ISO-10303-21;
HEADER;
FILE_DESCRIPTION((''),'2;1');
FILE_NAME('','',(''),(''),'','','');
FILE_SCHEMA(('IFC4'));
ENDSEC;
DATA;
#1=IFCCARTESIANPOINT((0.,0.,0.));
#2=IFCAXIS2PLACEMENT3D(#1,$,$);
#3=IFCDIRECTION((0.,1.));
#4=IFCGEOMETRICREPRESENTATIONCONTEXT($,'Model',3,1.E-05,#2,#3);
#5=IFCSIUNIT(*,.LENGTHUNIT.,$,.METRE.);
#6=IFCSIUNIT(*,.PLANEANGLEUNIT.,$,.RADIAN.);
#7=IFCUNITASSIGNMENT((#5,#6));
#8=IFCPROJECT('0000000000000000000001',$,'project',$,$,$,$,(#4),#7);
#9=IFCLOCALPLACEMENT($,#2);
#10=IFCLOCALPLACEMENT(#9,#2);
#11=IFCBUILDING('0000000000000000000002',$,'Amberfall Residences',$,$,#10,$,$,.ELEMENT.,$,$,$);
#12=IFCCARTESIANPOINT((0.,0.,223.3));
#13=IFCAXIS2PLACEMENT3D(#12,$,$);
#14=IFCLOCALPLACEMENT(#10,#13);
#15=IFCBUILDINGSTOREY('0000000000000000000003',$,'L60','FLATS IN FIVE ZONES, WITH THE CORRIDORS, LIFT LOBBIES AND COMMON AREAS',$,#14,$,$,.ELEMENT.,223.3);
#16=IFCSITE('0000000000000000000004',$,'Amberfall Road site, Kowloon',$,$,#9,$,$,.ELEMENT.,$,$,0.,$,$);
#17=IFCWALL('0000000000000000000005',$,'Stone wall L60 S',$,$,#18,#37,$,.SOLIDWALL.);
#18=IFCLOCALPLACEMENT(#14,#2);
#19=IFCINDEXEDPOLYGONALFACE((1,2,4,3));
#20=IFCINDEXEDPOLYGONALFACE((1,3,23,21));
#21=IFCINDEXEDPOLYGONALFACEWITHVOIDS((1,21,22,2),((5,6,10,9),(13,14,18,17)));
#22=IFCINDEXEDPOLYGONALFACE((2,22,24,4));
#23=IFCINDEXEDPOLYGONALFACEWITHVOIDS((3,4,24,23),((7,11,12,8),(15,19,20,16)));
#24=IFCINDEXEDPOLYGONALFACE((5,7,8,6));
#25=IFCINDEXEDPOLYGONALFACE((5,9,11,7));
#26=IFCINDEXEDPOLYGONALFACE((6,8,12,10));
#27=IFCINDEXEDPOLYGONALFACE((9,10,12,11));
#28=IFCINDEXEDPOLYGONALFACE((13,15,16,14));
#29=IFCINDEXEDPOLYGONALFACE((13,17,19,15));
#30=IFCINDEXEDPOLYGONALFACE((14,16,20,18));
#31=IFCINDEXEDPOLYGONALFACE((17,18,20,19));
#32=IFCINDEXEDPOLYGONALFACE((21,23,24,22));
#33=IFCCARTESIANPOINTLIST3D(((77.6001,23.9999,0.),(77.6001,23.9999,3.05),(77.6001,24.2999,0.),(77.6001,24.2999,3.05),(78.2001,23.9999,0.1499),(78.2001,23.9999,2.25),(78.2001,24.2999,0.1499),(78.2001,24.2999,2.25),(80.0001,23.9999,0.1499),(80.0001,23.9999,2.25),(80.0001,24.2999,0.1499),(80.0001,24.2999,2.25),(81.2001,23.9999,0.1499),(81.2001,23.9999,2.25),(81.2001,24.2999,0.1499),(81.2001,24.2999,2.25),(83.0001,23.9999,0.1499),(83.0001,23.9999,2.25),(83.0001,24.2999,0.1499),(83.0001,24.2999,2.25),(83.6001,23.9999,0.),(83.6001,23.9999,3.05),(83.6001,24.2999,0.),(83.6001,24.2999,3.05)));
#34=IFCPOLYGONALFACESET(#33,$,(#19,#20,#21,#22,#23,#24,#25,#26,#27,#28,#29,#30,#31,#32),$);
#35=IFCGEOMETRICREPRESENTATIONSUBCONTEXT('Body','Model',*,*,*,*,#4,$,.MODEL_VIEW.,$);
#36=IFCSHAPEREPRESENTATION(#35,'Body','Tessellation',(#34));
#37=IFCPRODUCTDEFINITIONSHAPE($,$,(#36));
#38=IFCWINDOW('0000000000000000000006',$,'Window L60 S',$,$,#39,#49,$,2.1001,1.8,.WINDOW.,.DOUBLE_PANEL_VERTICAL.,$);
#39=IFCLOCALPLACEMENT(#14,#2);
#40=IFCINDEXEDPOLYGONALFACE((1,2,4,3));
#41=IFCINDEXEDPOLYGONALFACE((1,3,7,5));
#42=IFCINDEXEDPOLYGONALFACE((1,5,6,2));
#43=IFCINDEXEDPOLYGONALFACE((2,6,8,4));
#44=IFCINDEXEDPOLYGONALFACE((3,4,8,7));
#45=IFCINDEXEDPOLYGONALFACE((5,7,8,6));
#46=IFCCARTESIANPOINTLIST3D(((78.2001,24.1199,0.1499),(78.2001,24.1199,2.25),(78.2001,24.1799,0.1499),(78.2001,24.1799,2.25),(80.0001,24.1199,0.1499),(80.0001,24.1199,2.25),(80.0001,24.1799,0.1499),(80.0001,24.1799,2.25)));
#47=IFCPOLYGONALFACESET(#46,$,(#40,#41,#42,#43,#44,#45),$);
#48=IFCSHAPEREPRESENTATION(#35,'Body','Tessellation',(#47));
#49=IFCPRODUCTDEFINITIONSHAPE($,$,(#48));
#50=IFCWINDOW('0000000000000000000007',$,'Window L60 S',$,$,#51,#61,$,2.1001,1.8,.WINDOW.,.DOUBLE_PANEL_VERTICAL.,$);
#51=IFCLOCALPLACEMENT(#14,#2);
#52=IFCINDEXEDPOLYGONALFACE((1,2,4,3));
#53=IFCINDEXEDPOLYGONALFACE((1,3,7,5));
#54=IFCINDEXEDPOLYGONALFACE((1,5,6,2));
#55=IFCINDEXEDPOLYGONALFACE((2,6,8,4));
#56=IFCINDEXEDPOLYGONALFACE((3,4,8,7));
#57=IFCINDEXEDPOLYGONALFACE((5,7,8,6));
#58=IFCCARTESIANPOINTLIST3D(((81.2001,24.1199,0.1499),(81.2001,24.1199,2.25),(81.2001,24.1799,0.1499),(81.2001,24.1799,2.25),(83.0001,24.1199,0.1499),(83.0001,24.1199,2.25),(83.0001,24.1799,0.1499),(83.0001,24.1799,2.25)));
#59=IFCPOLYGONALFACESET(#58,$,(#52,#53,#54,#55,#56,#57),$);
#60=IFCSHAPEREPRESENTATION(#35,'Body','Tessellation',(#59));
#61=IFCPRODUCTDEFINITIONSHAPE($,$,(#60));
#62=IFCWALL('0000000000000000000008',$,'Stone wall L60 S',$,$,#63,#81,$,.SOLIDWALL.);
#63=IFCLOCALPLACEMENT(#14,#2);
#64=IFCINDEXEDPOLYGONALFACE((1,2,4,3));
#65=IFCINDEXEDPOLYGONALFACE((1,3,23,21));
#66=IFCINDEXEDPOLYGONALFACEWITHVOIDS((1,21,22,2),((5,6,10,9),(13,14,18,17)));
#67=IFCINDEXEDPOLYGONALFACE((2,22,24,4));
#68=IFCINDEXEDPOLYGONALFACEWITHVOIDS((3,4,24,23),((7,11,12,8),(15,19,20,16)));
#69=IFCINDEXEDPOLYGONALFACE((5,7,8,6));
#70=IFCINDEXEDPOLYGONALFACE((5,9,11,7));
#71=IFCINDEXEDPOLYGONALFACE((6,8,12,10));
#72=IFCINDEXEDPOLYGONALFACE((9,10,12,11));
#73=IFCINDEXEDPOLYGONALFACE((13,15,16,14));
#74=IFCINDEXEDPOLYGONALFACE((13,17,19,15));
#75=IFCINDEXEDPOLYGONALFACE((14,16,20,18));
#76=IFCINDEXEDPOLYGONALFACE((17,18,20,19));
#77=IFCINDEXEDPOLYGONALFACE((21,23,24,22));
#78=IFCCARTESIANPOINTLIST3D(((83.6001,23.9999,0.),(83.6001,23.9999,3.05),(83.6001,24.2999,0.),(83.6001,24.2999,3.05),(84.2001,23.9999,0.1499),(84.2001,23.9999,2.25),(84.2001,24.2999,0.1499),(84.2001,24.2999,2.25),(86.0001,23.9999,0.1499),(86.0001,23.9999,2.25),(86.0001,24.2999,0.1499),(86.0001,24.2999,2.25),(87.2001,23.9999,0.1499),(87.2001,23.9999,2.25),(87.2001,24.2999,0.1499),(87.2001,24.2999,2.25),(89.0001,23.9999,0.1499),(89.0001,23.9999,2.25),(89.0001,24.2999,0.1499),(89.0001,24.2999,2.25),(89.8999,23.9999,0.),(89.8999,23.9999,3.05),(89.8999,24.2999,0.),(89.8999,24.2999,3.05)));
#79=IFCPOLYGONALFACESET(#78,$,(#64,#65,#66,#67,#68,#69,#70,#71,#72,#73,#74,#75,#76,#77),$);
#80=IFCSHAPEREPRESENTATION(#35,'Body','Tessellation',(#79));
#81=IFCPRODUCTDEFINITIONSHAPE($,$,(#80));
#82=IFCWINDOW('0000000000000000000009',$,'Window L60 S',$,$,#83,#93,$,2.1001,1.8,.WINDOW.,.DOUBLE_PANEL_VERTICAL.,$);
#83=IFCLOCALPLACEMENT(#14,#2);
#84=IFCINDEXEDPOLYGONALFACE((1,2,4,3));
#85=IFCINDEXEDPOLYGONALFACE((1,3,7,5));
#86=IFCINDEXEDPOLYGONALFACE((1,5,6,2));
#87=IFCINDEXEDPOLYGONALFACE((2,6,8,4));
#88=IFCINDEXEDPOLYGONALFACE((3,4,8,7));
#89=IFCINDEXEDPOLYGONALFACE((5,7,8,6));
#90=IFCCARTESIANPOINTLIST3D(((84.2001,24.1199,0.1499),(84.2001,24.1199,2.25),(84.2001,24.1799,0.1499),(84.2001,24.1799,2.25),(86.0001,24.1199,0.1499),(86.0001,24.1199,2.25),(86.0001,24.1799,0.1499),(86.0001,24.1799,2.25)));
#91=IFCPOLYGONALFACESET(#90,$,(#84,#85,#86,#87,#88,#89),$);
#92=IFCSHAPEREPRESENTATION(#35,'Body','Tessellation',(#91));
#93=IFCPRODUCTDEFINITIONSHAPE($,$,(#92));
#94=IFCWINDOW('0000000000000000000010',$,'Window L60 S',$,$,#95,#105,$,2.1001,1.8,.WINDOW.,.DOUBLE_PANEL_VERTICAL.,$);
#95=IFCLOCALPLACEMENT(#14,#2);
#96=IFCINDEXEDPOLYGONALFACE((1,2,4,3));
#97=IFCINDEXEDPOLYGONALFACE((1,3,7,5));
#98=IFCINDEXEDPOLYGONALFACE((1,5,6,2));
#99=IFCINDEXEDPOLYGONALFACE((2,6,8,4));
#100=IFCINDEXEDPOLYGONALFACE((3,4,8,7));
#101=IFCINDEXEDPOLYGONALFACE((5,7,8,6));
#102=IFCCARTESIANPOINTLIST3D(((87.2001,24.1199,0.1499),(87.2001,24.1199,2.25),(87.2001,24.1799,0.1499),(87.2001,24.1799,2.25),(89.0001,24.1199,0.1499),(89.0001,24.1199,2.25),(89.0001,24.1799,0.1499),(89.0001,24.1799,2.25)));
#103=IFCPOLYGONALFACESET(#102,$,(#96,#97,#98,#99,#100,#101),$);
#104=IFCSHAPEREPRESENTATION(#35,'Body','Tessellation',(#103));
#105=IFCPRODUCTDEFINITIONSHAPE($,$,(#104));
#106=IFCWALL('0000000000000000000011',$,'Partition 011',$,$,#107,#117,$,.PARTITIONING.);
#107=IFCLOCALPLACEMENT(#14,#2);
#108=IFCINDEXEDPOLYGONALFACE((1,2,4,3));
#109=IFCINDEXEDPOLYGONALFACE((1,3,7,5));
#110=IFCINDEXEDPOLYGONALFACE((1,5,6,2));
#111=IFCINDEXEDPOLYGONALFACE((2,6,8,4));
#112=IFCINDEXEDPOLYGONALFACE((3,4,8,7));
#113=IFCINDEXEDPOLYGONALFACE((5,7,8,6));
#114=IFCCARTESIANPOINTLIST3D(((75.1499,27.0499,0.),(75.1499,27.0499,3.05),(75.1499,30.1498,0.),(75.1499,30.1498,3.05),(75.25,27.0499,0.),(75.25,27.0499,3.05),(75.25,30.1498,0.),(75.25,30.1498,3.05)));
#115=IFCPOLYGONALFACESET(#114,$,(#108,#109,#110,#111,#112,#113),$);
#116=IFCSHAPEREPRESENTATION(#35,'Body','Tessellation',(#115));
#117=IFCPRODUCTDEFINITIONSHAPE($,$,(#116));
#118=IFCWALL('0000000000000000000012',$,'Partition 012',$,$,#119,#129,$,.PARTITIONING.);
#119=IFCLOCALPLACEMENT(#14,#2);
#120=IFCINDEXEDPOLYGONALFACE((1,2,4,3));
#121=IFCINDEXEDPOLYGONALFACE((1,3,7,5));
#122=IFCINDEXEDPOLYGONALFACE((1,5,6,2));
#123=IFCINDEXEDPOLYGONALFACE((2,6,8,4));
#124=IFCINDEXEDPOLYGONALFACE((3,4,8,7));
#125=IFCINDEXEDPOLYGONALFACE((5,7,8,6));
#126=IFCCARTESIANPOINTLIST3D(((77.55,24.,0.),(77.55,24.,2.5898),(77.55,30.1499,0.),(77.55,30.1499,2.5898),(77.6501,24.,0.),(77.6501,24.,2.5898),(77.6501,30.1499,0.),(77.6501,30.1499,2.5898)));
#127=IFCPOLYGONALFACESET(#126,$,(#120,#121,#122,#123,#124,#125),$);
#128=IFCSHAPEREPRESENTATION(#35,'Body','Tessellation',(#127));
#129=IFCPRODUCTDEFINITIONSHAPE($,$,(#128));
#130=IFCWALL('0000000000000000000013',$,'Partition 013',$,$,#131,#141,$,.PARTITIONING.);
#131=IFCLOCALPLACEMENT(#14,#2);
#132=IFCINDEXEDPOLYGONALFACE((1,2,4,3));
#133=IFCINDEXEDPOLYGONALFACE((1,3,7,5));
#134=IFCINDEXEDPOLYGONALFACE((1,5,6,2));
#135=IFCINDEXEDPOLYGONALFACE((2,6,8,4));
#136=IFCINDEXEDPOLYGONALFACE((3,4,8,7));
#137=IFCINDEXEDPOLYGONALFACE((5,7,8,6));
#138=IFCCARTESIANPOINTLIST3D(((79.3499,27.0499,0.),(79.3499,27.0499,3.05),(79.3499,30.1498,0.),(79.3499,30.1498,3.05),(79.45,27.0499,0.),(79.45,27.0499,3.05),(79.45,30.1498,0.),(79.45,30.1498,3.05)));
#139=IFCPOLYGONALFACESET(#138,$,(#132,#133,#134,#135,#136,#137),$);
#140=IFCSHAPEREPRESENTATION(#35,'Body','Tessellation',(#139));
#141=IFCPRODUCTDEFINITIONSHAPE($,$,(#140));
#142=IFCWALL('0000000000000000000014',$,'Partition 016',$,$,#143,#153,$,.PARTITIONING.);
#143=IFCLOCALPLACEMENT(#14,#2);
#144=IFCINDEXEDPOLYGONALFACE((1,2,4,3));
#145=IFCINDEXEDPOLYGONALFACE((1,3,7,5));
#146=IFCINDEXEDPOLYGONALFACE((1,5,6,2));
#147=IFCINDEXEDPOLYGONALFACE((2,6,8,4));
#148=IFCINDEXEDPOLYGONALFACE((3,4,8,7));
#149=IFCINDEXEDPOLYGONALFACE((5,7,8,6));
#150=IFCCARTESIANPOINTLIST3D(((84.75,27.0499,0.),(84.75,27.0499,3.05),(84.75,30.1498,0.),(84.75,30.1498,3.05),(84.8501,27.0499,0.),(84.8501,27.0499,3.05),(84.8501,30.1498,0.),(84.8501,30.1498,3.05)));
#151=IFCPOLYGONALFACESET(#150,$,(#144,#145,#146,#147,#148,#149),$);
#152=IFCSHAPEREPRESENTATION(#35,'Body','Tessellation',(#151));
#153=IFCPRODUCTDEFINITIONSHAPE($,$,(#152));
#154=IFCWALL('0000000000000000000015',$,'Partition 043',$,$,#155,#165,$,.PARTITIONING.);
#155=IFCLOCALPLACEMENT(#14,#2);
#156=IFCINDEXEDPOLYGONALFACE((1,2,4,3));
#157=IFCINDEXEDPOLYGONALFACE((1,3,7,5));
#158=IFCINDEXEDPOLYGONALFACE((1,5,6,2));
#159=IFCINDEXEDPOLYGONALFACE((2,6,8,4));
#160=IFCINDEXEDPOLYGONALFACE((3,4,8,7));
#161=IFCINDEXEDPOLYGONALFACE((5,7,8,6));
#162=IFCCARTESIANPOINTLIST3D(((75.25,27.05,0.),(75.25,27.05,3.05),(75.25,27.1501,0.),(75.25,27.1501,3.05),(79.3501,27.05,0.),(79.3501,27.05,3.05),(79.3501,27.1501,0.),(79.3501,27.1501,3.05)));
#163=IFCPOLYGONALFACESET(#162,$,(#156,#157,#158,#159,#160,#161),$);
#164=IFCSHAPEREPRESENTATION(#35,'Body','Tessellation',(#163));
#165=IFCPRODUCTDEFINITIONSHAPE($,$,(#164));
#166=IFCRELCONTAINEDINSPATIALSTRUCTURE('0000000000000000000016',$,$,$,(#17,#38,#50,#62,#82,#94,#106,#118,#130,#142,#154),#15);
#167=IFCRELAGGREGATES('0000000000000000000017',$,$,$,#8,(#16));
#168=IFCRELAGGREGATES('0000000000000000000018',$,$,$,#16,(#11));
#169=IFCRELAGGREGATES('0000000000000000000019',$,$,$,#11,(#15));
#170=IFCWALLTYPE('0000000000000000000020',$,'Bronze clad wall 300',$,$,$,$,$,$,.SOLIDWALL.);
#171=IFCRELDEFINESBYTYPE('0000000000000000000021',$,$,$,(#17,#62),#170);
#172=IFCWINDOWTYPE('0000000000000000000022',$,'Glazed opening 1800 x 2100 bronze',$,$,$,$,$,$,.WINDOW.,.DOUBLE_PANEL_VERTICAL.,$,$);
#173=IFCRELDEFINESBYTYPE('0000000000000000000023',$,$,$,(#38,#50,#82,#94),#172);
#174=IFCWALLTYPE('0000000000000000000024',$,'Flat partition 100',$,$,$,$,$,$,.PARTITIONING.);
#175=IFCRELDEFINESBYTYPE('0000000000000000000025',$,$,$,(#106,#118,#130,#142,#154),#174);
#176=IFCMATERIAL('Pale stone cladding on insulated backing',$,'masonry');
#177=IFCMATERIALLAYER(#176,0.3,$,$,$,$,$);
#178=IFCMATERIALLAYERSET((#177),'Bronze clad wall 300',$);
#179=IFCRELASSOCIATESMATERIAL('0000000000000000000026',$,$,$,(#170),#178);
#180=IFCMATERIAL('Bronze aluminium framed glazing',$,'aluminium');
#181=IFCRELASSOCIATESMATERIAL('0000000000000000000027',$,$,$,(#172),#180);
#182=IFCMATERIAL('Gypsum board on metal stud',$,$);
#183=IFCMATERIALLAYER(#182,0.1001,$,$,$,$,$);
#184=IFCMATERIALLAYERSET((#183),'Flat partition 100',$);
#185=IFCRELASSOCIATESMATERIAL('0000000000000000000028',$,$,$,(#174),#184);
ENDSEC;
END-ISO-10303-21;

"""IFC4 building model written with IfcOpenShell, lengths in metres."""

from ifc_helpers import new_model, si_unit, direction, frame, frame_2d, origin, place, context, subcontext, project, spatial, rectangle, extrude, material, layer, layer_set, type_object, element, fill, save


model = new_model("IFC4")

# Units and contexts
model_context = context("Model", 3, precision=1e-05, world=origin(), true_north=direction((0.0, 1.0)))
body_context = subcontext(model_context, "Body", "Model", "MODEL_VIEW")
ifc_project = project(units=[si_unit("LENGTHUNIT", "METRE"), si_unit("PLANEANGLEUNIT", "RADIAN")], contexts=[model_context])

# Site, building, storey
site_placement = place(None, origin())
site = spatial("IfcSite", under=ifc_project, at=site_placement, Name="Amberfall Road site, Kowloon", CompositionType="ELEMENT", RefElevation=0.0)
building_placement = place(site_placement, origin())
building = spatial("IfcBuilding", under=site, at=building_placement, Name="Amberfall Residences", CompositionType="ELEMENT")
storey_placement = place(building_placement, frame((0.0, 0.0, 223.3)))
storey = spatial("IfcBuildingStorey", under=building, at=storey_placement, Name="L60", Description="FLATS IN FIVE ZONES, WITH THE CORRIDORS, LIFT LOBBIES AND COMMON AREAS", CompositionType="ELEMENT", Elevation=223.3)

# Shared definitions
ifc_material_1 = material(Name="Pale stone cladding on insulated backing", Category="masonry")
ifc_layer_1 = layer(ifc_material_1, 0.3)
ifc_layer_set_1 = layer_set([ifc_layer_1], Name="Bronze clad wall 300")
wall_type_1 = type_object("IfcWallType", Name="Bronze clad wall 300", PredefinedType="SOLIDWALL", material=ifc_layer_set_1)

# Walls, openings, windows
wall_1_placement = place(storey_placement, frame((77.6001, 24.1499, 0.0), z_axis=(0.0, 0.0, 1.0), x_axis=(1.0, 0.0, 0.0)))
wall_1 = element("IfcWall", 1, at=wall_1_placement, inside=storey, type_object=wall_type_1, Name="Stone wall L60 S", PredefinedType="SOLIDWALL", context=body_context, shape_type="SweptSolid", body=[
    extrude(rectangle(XDim=6.0, YDim=0.3, at=frame_2d((3.0, 0.0))), origin(), (0.0, 0.0, 1.0), 3.05),
])
opening_1_placement = place(wall_1_placement, frame((0.6001, 0.0, 0.1499)))
opening_1 = element("IfcOpeningElement", 2, at=opening_1_placement, cuts=wall_1, PredefinedType="OPENING", context=body_context, shape_type="SweptSolid", body=[
    extrude(rectangle(XDim=1.8, YDim=2.1001, at=frame_2d((0.8999, 1.05))), frame((0.0, 0.1599, 0.0), z_axis=(0.0, -1.0, 0.0), x_axis=(1.0, 0.0, 0.0)), (0.0, 0.0, 1.0), 0.3201),
])
opening_2_placement = place(wall_1_placement, frame((3.6001, 0.0, 0.1499)))
opening_2 = element("IfcOpeningElement", 3, at=opening_2_placement, cuts=wall_1, PredefinedType="OPENING", context=body_context, shape_type="SweptSolid", body=[
    extrude(rectangle(XDim=1.8, YDim=2.1001, at=frame_2d((0.8999, 1.05))), frame((0.0, 0.1599, 0.0), z_axis=(0.0, -1.0, 0.0), x_axis=(1.0, 0.0, 0.0)), (0.0, 0.0, 1.0), 0.3201),
])
ifc_material_2 = material(Name="Bronze aluminium framed glazing", Category="aluminium")
window_type = type_object("IfcWindowType", Name="Glazed opening 1800 x 2100 bronze", PartitioningType="DOUBLE_PANEL_VERTICAL", PredefinedType="WINDOW", material=ifc_material_2)
window_1_placement = place(opening_1_placement, origin())
window_1 = element("IfcWindow", 4, at=window_1_placement, inside=storey, type_object=window_type, Name="Window L60 S", OverallHeight=2.1001, OverallWidth=1.8, PartitioningType="DOUBLE_PANEL_VERTICAL", PredefinedType="WINDOW", context=body_context, shape_type="SweptSolid", body=[
    extrude(rectangle(XDim=1.8, YDim=2.1001, at=frame_2d((0.8999, 1.05))), frame((0.0, 0.03, 0.0), z_axis=(0.0, -1.0, 0.0), x_axis=(1.0, 0.0, 0.0)), (0.0, 0.0, 1.0), 0.0601),
])
fill(opening_1, window_1)
window_2_placement = place(opening_2_placement, origin())
window_2 = element("IfcWindow", 5, at=window_2_placement, inside=storey, type_object=window_type, Name="Window L60 S", OverallHeight=2.1001, OverallWidth=1.8, PartitioningType="DOUBLE_PANEL_VERTICAL", PredefinedType="WINDOW", context=body_context, shape_type="SweptSolid", body=[
    extrude(rectangle(XDim=1.8, YDim=2.1001, at=frame_2d((0.8999, 1.05))), frame((0.0, 0.03, 0.0), z_axis=(0.0, -1.0, 0.0), x_axis=(1.0, 0.0, 0.0)), (0.0, 0.0, 1.0), 0.0601),
])
fill(opening_2, window_2)
wall_2_placement = place(storey_placement, frame((83.6001, 24.1499, 0.0), z_axis=(0.0, 0.0, 1.0), x_axis=(1.0, 0.0, 0.0)))
wall_2 = element("IfcWall", 6, at=wall_2_placement, inside=storey, type_object=wall_type_1, Name="Stone wall L60 S", PredefinedType="SOLIDWALL", context=body_context, shape_type="SweptSolid", body=[
    extrude(rectangle(XDim=6.2998, YDim=0.3, at=frame_2d((3.1499, 0.0))), origin(), (0.0, 0.0, 1.0), 3.05),
])
opening_3_placement = place(wall_2_placement, frame((0.6001, 0.0, 0.1499)))
opening_3 = element("IfcOpeningElement", 7, at=opening_3_placement, cuts=wall_2, PredefinedType="OPENING", context=body_context, shape_type="SweptSolid", body=[
    extrude(rectangle(XDim=1.8, YDim=2.1001, at=frame_2d((0.8999, 1.05))), frame((0.0, 0.1599, 0.0), z_axis=(0.0, -1.0, 0.0), x_axis=(1.0, 0.0, 0.0)), (0.0, 0.0, 1.0), 0.3201),
])
opening_4_placement = place(wall_2_placement, frame((3.6001, 0.0, 0.1499)))
opening_4 = element("IfcOpeningElement", 8, at=opening_4_placement, cuts=wall_2, PredefinedType="OPENING", context=body_context, shape_type="SweptSolid", body=[
    extrude(rectangle(XDim=1.8, YDim=2.1001, at=frame_2d((0.8999, 1.05))), frame((0.0, 0.1599, 0.0), z_axis=(0.0, -1.0, 0.0), x_axis=(1.0, 0.0, 0.0)), (0.0, 0.0, 1.0), 0.3201),
])
window_3_placement = place(opening_3_placement, origin())
window_3 = element("IfcWindow", 9, at=window_3_placement, inside=storey, type_object=window_type, Name="Window L60 S", OverallHeight=2.1001, OverallWidth=1.8, PartitioningType="DOUBLE_PANEL_VERTICAL", PredefinedType="WINDOW", context=body_context, shape_type="SweptSolid", body=[
    extrude(rectangle(XDim=1.8, YDim=2.1001, at=frame_2d((0.8999, 1.05))), frame((0.0, 0.03, 0.0), z_axis=(0.0, -1.0, 0.0), x_axis=(1.0, 0.0, 0.0)), (0.0, 0.0, 1.0), 0.0601),
])
fill(opening_3, window_3)
window_4_placement = place(opening_4_placement, origin())
window_4 = element("IfcWindow", 10, at=window_4_placement, inside=storey, type_object=window_type, Name="Window L60 S", OverallHeight=2.1001, OverallWidth=1.8, PartitioningType="DOUBLE_PANEL_VERTICAL", PredefinedType="WINDOW", context=body_context, shape_type="SweptSolid", body=[
    extrude(rectangle(XDim=1.8, YDim=2.1001, at=frame_2d((0.8999, 1.05))), frame((0.0, 0.03, 0.0), z_axis=(0.0, -1.0, 0.0), x_axis=(1.0, 0.0, 0.0)), (0.0, 0.0, 1.0), 0.0601),
])
fill(opening_4, window_4)

# Walls
ifc_material_3 = material(Name="Gypsum board on metal stud")
ifc_layer_2 = layer(ifc_material_3, 0.1001)
ifc_layer_set_2 = layer_set([ifc_layer_2], Name="Flat partition 100")
wall_type_2 = type_object("IfcWallType", Name="Flat partition 100", PredefinedType="PARTITIONING", material=ifc_layer_set_2)
wall_3_placement = place(storey_placement, frame((75.2, 27.05, 0.0), z_axis=(0.0, 0.0, 1.0), x_axis=(0.0, 1.0, 0.0)))
element("IfcWall", 11, at=wall_3_placement, inside=storey, type_object=wall_type_2, Name="Partition 011", PredefinedType="PARTITIONING", context=body_context, shape_type="SweptSolid", body=[
    extrude(rectangle(XDim=3.0999, YDim=0.1001, at=frame_2d((1.5498, 0.0))), origin(), (0.0, 0.0, 1.0), 3.05),
])
wall_4_placement = place(storey_placement, frame((77.6001, 24.0, 0.0), z_axis=(0.0, 0.0, 1.0), x_axis=(0.0, 1.0, 0.0)))
element("IfcWall", 12, at=wall_4_placement, inside=storey, type_object=wall_type_2, Name="Partition 012", PredefinedType="PARTITIONING", context=body_context, shape_type="SweptSolid", body=[
    extrude(rectangle(XDim=6.1499, YDim=0.1001, at=frame_2d((3.075, 0.0))), origin(), (0.0, 0.0, 1.0), 2.5898),
])
for number, where, z_axis, x_axis, name in (
    (13, (79.3999, 27.05, 0.0), (0.0, 0.0, 1.0), (0.0, 1.0, 0.0), "Partition 013"),
    (14, (84.8, 27.05, 0.0), (0.0, 0.0, 1.0), (0.0, 1.0, 0.0), "Partition 016"),
):
    element("IfcWall", number, at=place(storey_placement, frame(where, z_axis=z_axis, x_axis=x_axis)), inside=storey, type_object=wall_type_2, Name=name, PredefinedType="PARTITIONING", context=body_context, shape_type="SweptSolid", body=[
        extrude(rectangle(XDim=3.0999, YDim=0.1001, at=frame_2d((1.5498, 0.0))), origin(), (0.0, 0.0, 1.0), 3.05),
    ])
wall_5_placement = place(storey_placement, frame((75.25, 27.1001, 0.0), z_axis=(0.0, 0.0, 1.0), x_axis=(1.0, 0.0, 0.0)))
element("IfcWall", 15, at=wall_5_placement, inside=storey, type_object=wall_type_2, Name="Partition 043", PredefinedType="PARTITIONING", context=body_context, shape_type="SweptSolid", body=[
    extrude(rectangle(XDim=4.1001, YDim=0.1001, at=frame_2d((2.05, 0.0))), origin(), (0.0, 0.0, 1.0), 3.05),
])

save(model, "model.ifc")
